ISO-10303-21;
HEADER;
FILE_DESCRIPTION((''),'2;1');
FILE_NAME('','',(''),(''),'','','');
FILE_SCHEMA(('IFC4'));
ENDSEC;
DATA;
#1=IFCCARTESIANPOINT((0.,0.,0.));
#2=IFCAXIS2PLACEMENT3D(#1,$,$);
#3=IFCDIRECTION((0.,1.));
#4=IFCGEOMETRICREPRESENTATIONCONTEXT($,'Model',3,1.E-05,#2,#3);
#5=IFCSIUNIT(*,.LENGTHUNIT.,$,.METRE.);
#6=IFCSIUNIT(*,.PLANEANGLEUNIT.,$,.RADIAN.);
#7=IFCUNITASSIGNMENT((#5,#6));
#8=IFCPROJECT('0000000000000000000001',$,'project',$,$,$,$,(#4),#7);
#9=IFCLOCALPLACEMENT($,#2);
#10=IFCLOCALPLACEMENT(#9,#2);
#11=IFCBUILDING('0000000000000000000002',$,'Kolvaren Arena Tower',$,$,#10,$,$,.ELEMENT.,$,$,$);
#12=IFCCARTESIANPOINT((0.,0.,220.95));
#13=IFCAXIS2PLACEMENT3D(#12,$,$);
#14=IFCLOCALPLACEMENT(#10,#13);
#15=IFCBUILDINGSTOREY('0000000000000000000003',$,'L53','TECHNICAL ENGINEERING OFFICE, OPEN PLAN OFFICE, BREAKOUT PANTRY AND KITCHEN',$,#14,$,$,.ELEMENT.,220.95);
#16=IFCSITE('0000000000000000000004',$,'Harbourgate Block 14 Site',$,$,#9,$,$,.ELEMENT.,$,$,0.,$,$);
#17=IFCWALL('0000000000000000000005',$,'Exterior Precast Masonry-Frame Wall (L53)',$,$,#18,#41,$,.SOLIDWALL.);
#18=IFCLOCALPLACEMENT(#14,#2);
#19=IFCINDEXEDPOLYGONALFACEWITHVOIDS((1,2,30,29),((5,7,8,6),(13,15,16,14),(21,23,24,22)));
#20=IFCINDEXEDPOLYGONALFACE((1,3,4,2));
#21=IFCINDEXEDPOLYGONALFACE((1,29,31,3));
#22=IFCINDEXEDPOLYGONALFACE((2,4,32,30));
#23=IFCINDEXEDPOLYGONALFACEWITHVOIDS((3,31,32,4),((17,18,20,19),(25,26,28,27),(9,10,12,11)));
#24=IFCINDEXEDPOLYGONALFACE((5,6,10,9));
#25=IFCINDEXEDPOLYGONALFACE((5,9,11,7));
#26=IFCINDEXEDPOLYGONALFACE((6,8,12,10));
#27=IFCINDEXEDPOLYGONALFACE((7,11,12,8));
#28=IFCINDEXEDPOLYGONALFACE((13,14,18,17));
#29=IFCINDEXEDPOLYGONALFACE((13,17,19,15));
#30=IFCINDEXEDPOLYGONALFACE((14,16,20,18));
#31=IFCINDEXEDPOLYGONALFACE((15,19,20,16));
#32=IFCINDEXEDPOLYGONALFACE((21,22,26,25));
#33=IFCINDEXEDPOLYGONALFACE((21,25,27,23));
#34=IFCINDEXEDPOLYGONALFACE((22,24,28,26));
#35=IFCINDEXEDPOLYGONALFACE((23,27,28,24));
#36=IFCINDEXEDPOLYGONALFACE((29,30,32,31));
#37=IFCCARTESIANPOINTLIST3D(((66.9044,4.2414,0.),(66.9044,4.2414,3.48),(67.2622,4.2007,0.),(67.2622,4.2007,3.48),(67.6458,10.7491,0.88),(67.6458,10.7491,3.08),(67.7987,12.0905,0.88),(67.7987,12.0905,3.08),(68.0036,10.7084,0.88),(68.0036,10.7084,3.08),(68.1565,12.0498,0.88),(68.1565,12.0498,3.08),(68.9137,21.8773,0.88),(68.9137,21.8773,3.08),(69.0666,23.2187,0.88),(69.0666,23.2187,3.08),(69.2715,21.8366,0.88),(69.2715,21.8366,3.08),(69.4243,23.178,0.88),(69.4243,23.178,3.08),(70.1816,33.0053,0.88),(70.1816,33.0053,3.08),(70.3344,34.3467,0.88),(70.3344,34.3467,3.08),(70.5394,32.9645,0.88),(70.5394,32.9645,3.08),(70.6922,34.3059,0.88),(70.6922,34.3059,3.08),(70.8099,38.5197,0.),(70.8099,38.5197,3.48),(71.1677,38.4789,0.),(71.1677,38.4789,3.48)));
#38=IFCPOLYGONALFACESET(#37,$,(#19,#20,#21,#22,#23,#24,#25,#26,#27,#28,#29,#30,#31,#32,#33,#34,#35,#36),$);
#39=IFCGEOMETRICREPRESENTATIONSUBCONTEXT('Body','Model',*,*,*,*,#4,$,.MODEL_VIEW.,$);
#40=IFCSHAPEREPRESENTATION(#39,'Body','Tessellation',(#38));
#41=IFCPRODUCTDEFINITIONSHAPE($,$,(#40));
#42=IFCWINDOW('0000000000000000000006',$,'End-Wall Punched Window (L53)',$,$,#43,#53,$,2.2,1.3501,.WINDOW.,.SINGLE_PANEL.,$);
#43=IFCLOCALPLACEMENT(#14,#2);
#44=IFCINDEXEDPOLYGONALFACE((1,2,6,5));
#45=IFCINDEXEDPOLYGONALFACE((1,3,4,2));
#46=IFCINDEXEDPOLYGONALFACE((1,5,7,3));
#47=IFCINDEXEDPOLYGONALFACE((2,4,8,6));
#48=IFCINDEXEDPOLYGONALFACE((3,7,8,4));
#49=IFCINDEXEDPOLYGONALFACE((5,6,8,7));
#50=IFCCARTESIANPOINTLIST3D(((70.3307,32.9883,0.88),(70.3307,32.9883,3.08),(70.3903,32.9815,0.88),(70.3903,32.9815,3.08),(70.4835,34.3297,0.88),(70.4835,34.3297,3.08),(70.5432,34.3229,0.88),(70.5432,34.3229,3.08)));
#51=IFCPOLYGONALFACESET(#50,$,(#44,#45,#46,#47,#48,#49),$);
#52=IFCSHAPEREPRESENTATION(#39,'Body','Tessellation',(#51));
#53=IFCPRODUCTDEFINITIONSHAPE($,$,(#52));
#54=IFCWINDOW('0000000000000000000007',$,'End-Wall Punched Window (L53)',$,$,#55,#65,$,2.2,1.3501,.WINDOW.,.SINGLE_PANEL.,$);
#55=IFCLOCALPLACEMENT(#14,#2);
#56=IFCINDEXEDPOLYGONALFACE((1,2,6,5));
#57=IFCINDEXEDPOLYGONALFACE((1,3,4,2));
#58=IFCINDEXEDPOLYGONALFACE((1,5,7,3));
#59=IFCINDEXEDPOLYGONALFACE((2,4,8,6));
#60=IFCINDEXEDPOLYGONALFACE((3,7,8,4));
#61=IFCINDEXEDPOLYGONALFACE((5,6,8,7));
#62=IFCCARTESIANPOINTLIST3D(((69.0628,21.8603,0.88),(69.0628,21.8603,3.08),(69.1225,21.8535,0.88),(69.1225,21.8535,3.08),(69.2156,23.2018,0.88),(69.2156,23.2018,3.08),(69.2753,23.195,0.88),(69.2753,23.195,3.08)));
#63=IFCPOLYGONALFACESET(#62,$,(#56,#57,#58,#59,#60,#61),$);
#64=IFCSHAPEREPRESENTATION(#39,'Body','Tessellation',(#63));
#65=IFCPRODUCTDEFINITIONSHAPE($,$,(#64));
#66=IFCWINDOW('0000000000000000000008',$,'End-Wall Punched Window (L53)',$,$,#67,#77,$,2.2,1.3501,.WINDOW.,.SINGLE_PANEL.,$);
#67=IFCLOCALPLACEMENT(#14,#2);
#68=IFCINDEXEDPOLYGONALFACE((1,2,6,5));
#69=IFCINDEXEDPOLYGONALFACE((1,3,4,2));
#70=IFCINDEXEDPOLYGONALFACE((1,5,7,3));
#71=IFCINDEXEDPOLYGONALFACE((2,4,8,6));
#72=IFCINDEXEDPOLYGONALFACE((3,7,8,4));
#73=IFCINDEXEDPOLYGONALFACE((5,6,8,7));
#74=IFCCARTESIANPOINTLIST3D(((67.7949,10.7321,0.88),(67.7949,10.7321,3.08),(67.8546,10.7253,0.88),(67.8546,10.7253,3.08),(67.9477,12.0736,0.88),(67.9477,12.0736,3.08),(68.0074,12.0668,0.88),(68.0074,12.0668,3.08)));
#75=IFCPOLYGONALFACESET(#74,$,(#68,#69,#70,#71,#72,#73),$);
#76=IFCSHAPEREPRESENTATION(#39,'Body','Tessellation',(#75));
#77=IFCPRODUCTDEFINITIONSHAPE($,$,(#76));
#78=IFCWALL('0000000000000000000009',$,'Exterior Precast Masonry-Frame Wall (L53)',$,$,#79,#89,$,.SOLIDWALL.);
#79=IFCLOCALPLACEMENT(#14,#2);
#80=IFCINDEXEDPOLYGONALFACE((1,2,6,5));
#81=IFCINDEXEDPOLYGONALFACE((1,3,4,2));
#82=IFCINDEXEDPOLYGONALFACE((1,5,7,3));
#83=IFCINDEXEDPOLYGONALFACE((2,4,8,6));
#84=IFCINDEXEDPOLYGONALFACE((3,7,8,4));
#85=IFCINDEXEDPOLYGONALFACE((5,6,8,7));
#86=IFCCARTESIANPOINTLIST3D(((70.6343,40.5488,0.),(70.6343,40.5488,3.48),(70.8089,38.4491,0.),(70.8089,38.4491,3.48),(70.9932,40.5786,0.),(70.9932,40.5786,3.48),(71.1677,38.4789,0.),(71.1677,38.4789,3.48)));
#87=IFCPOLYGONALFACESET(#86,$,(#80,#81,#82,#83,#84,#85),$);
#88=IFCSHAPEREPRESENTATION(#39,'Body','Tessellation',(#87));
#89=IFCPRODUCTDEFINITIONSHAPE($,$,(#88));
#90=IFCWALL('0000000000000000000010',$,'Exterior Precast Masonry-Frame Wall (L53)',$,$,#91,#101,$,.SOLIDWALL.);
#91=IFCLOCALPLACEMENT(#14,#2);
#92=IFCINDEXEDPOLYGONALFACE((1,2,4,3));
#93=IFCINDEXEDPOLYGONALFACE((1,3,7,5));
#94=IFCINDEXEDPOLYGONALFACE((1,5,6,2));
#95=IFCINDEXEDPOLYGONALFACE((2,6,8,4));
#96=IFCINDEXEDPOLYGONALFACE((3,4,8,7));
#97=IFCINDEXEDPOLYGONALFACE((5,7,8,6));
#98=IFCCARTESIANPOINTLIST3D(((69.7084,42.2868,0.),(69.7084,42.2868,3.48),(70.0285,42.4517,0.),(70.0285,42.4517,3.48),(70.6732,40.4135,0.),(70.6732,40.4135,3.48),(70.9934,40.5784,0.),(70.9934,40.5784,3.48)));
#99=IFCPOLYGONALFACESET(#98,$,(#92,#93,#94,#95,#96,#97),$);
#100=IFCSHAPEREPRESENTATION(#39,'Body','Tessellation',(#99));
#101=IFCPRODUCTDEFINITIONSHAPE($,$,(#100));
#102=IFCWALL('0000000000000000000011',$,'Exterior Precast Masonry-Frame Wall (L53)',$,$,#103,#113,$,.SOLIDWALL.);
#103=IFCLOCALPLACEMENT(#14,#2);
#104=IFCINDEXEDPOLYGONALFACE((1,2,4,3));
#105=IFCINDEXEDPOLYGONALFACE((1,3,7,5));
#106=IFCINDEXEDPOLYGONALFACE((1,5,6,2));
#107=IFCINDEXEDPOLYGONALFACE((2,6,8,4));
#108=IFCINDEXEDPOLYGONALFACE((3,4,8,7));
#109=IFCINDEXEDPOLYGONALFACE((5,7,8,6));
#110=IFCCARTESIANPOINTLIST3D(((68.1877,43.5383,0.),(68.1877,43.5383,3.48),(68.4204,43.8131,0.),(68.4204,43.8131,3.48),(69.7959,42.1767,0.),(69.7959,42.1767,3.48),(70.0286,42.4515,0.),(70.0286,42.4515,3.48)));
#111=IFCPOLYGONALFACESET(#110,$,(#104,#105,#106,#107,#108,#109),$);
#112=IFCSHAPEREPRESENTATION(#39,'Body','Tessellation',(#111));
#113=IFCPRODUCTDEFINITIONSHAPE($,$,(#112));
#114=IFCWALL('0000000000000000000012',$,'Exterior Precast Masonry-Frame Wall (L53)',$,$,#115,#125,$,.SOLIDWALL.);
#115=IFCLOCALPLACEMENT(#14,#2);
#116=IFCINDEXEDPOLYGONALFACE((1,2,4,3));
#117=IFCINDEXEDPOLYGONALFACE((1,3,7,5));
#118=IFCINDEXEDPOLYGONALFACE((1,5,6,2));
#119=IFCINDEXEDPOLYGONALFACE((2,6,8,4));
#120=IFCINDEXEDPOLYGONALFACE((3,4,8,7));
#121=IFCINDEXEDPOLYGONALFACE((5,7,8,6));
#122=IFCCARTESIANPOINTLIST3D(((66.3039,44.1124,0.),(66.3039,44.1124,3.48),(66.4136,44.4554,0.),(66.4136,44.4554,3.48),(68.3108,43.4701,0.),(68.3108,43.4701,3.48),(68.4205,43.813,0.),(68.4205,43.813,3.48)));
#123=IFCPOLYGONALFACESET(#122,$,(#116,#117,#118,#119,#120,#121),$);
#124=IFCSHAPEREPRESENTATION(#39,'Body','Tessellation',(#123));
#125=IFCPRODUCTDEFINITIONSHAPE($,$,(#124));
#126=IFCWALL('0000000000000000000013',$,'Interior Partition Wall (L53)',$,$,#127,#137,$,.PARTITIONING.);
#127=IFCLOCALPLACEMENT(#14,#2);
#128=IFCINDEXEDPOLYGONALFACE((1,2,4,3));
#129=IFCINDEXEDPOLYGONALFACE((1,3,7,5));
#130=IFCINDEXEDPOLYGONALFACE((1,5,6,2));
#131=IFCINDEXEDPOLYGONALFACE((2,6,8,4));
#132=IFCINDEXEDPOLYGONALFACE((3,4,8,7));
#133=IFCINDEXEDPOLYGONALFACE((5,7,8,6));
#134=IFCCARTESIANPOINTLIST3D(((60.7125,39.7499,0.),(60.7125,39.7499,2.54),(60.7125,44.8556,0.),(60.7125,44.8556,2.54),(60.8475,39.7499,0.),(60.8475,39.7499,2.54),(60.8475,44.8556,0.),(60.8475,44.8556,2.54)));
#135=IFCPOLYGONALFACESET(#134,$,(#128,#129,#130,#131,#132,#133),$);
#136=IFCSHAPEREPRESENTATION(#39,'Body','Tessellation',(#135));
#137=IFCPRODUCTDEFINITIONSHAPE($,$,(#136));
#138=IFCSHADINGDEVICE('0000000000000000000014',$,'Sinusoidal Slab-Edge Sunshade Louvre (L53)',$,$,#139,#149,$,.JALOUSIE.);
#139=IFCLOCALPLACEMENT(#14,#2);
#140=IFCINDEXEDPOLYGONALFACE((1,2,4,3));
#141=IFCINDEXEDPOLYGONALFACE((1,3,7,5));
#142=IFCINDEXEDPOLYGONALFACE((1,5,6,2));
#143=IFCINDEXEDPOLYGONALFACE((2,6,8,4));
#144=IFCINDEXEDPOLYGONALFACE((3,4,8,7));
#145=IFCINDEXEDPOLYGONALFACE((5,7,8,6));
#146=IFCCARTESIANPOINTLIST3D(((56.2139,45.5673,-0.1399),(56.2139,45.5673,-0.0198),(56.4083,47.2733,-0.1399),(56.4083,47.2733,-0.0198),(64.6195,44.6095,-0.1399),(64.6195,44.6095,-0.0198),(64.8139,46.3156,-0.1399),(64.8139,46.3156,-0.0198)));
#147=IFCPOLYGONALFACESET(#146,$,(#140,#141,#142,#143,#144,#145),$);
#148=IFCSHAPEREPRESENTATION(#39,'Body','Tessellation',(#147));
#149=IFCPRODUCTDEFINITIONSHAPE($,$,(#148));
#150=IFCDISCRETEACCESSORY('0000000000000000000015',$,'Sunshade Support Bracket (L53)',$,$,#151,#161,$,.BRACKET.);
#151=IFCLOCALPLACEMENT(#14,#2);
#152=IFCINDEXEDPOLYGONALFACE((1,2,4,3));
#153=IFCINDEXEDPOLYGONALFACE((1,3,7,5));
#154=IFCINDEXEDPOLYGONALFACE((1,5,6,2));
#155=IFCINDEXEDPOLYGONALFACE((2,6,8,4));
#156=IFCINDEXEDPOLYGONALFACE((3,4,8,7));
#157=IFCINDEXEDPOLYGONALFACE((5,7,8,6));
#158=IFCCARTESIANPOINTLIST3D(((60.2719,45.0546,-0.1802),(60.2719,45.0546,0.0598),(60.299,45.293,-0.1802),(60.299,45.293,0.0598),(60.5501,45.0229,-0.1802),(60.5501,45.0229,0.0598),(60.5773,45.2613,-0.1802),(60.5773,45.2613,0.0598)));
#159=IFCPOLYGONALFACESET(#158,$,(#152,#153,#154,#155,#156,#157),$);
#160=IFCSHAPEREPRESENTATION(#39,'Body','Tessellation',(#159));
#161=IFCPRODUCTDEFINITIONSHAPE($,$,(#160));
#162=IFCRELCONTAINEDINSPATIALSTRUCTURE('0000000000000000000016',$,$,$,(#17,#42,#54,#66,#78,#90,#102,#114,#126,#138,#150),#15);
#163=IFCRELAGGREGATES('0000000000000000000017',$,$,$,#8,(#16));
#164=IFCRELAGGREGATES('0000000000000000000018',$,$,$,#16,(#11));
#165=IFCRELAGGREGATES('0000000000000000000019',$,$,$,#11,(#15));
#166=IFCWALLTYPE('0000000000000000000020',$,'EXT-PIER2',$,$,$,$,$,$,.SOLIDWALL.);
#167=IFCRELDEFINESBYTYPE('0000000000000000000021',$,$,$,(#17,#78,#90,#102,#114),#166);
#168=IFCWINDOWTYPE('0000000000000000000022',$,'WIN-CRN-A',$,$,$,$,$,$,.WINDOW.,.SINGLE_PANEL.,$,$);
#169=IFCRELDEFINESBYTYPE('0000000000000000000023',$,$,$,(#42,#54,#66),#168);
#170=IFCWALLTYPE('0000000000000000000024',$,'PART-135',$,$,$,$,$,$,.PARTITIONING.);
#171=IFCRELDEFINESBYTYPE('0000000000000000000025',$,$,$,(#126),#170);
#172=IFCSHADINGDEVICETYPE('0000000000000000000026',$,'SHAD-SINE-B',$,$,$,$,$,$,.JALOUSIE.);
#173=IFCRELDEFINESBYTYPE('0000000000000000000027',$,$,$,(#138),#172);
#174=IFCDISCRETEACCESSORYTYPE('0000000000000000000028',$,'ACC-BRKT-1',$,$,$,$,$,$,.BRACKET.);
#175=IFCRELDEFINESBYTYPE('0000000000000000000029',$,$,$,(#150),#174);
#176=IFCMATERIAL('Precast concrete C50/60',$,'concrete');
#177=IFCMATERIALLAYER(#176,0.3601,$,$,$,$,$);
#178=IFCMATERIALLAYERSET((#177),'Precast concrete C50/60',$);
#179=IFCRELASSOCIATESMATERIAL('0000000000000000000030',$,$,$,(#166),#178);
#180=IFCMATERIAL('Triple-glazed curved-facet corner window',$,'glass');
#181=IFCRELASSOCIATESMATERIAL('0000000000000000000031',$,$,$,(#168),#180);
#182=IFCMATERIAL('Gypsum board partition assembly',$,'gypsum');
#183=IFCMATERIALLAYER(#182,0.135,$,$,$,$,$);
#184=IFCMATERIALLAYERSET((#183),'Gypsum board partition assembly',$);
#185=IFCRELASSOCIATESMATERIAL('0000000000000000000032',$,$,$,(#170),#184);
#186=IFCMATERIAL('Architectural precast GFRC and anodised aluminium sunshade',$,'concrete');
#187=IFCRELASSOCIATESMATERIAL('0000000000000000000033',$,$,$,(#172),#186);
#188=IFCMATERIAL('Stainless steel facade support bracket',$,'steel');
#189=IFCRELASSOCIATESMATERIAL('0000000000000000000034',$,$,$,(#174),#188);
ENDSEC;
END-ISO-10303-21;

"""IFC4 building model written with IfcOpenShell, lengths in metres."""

from ifc_helpers import new_model, si_unit, direction, frame, frame_2d, origin, origin_2d, place, context, subcontext, project, spatial, rectangle, extrude, material, layer, layer_set, type_object, element, fill, save


model = new_model("IFC4")

# Units and contexts
model_context = context("Model", 3, precision=1e-05, world=origin(), true_north=direction((0.0, 1.0)))
body_context = subcontext(model_context, "Body", "Model", "MODEL_VIEW")
ifc_project = project(units=[si_unit("LENGTHUNIT", "METRE"), si_unit("PLANEANGLEUNIT", "RADIAN")], contexts=[model_context])

# Site, building, storey
site_placement = place(None, origin())
site = spatial("IfcSite", under=ifc_project, at=site_placement, Name="Harbourgate Block 14 Site", CompositionType="ELEMENT", RefElevation=0.0)
building_placement = place(site_placement, origin())
building = spatial("IfcBuilding", under=site, at=building_placement, Name="Kolvaren Arena Tower", CompositionType="ELEMENT")
storey_placement = place(building_placement, frame((0.0, 0.0, 220.95)))
storey = spatial("IfcBuildingStorey", under=building, at=storey_placement, Name="L53", Description="TECHNICAL ENGINEERING OFFICE, OPEN PLAN OFFICE, BREAKOUT PANTRY AND KITCHEN", CompositionType="ELEMENT", Elevation=220.95)

# Wall, openings, windows
ifc_material_1 = material(Name="Precast concrete C50/60", Category="concrete")
ifc_layer_1 = layer(ifc_material_1, 0.3601)
ifc_layer_set_1 = layer_set([ifc_layer_1], Name="Precast concrete C50/60")
wall_type_1 = type_object("IfcWallType", Name="EXT-PIER2", PredefinedType="SOLIDWALL", material=ifc_layer_set_1)
wall_1_placement = place(storey_placement, frame((70.9888, 38.4993, 0.0), z_axis=(0.0, 0.0, 1.0), x_axis=(-0.113203, -0.993572, 0.0)))
wall_1 = element("IfcWall", 1, at=wall_1_placement, inside=storey, type_object=wall_type_1, Name="Exterior Precast Masonry-Frame Wall (L53)", PredefinedType="SOLIDWALL", context=body_context, shape_type="SweptSolid", body=[
    extrude(rectangle(XDim=34.5, YDim=0.3601, at=frame_2d((17.25, 0.0))), origin(), (0.0, 0.0, 1.0), 3.48),
])
opening_1_placement = place(wall_1_placement, frame((4.2, 0.0, 0.8799)))
opening_1 = element("IfcOpeningElement", 2, at=opening_1_placement, cuts=wall_1, PredefinedType="OPENING", context=body_context, shape_type="SweptSolid", body=[
    extrude(rectangle(XDim=1.3501, YDim=2.2, at=frame_2d((0.675, 1.1001))), frame((0.0, 0.1899, 0.0), z_axis=(0.0, -1.0, 0.0), x_axis=(1.0, 0.0, 0.0)), (0.0, 0.0, 1.0), 0.3801),
])
opening_2_placement = place(wall_1_placement, frame((15.3999, 0.0, 0.8799)))
opening_2 = element("IfcOpeningElement", 3, at=opening_2_placement, cuts=wall_1, PredefinedType="OPENING", context=body_context, shape_type="SweptSolid", body=[
    extrude(rectangle(XDim=1.3501, YDim=2.2, at=frame_2d((0.675, 1.1001))), frame((0.0, 0.1899, 0.0), z_axis=(0.0, -1.0, 0.0), x_axis=(1.0, 0.0, 0.0)), (0.0, 0.0, 1.0), 0.3801),
])
opening_3_placement = place(wall_1_placement, frame((26.6001, 0.0, 0.8799)))
opening_3 = element("IfcOpeningElement", 4, at=opening_3_placement, cuts=wall_1, PredefinedType="OPENING", context=body_context, shape_type="SweptSolid", body=[
    extrude(rectangle(XDim=1.3501, YDim=2.2, at=frame_2d((0.675, 1.1001))), frame((0.0, 0.1899, 0.0), z_axis=(0.0, -1.0, 0.0), x_axis=(1.0, 0.0, 0.0)), (0.0, 0.0, 1.0), 0.3801),
])
ifc_material_2 = material(Name="Triple-glazed curved-facet corner window", Category="glass")
window_type = type_object("IfcWindowType", Name="WIN-CRN-A", PartitioningType="SINGLE_PANEL", PredefinedType="WINDOW", material=ifc_material_2)
window_1_placement = place(opening_1_placement, origin())
window_1 = element("IfcWindow", 5, at=window_1_placement, inside=storey, type_object=window_type, Name="End-Wall Punched Window (L53)", OverallHeight=2.2, OverallWidth=1.3501, PartitioningType="SINGLE_PANEL", PredefinedType="WINDOW", context=body_context, shape_type="SweptSolid", body=[
    extrude(rectangle(XDim=1.3501, YDim=2.2, at=frame_2d((0.675, 1.1001))), frame((0.0, 0.03, 0.0), z_axis=(0.0, -1.0, 0.0), x_axis=(1.0, 0.0, 0.0)), (0.0, 0.0, 1.0), 0.0601),
])
fill(opening_1, window_1)
window_2_placement = place(opening_2_placement, origin())
window_2 = element("IfcWindow", 6, at=window_2_placement, inside=storey, type_object=window_type, Name="End-Wall Punched Window (L53)", OverallHeight=2.2, OverallWidth=1.3501, PartitioningType="SINGLE_PANEL", PredefinedType="WINDOW", context=body_context, shape_type="SweptSolid", body=[
    extrude(rectangle(XDim=1.3501, YDim=2.2, at=frame_2d((0.675, 1.1001))), frame((0.0, 0.03, 0.0), z_axis=(0.0, -1.0, 0.0), x_axis=(1.0, 0.0, 0.0)), (0.0, 0.0, 1.0), 0.0601),
])
fill(opening_2, window_2)
window_3_placement = place(opening_3_placement, origin())
window_3 = element("IfcWindow", 7, at=window_3_placement, inside=storey, type_object=window_type, Name="End-Wall Punched Window (L53)", OverallHeight=2.2, OverallWidth=1.3501, PartitioningType="SINGLE_PANEL", PredefinedType="WINDOW", context=body_context, shape_type="SweptSolid", body=[
    extrude(rectangle(XDim=1.3501, YDim=2.2, at=frame_2d((0.675, 1.1001))), frame((0.0, 0.03, 0.0), z_axis=(0.0, -1.0, 0.0), x_axis=(1.0, 0.0, 0.0)), (0.0, 0.0, 1.0), 0.0601),
])
fill(opening_3, window_3)

# Walls
wall_2_placement = place(storey_placement, frame((70.8137, 40.5637, 0.0), z_axis=(0.0, 0.0, 1.0), x_axis=(0.082854, -0.996562, 0.0)))
element("IfcWall", 8, at=wall_2_placement, inside=storey, type_object=wall_type_1, Name="Exterior Precast Masonry-Frame Wall (L53)", PredefinedType="SOLIDWALL", context=body_context, shape_type="SweptSolid", body=[
    extrude(rectangle(XDim=2.1069, YDim=0.3601, at=frame_2d((1.0535, 0.0))), origin(), (0.0, 0.0, 1.0), 3.48),
])
for number, where, z_axis, x_axis, name in (
    (9, (69.8684, 42.3694, 0.0), (0.0, 0.0, 1.0), (0.457887, -0.88901, 0.0), "Exterior Precast Masonry-Frame Wall (L53)"),
    (10, (68.304, 43.6758, 0.0), (0.0, 0.0, 1.0), (0.763193, -0.646171, 0.0), "Exterior Precast Masonry-Frame Wall (L53)"),
    (11, (66.3586, 44.2839, 0.0), (0.0, 0.0, 1.0), (0.952404, -0.304839, 0.0), "Exterior Precast Masonry-Frame Wall (L53)"),
):
    element("IfcWall", number, at=place(storey_placement, frame(where, z_axis=z_axis, x_axis=x_axis)), inside=storey, type_object=wall_type_1, Name=name, PredefinedType="SOLIDWALL", context=body_context, shape_type="SweptSolid", body=[
        extrude(rectangle(XDim=2.1072, YDim=0.3601, at=frame_2d((1.0537, 0.0))), origin(), (0.0, 0.0, 1.0), 3.48),
    ])
ifc_material_3 = material(Name="Gypsum board partition assembly", Category="gypsum")
ifc_layer_2 = layer(ifc_material_3, 0.135)
ifc_layer_set_2 = layer_set([ifc_layer_2], Name="Gypsum board partition assembly")
wall_type_2 = type_object("IfcWallType", Name="PART-135", PredefinedType="PARTITIONING", material=ifc_layer_set_2)
wall_3_placement = place(storey_placement, frame((60.78, 39.75, 0.0), z_axis=(0.0, 0.0, 1.0), x_axis=(0.0, 1.0, 0.0)))
element("IfcWall", 12, at=wall_3_placement, inside=storey, type_object=wall_type_2, Name="Interior Partition Wall (L53)", PredefinedType="PARTITIONING", context=body_context, shape_type="SweptSolid", body=[
    extrude(rectangle(XDim=5.1057, YDim=0.135, at=frame_2d((2.5527, 0.0))), origin(), (0.0, 0.0, 1.0), 2.54),
])

# Shading device
ifc_material_4 = material(Name="Architectural precast GFRC and anodised aluminium sunshade", Category="concrete")
shading_device_type = type_object("IfcShadingDeviceType", Name="SHAD-SINE-B", PredefinedType="JALOUSIE", material=ifc_material_4)
shading_device_placement = place(storey_placement, frame((60.5139, 45.9414, -0.1399), z_axis=(0.0, 0.0, 1.0), x_axis=(0.993572, -0.113205, 0.0)))
element("IfcShadingDevice", 13, at=shading_device_placement, inside=storey, type_object=shading_device_type, Name="Sinusoidal Slab-Edge Sunshade Louvre (L53)", PredefinedType="JALOUSIE", context=body_context, shape_type="SweptSolid", body=[
    extrude(rectangle(XDim=8.46, YDim=1.717, at=origin_2d()), origin(), (0.0, 0.0, 1.0), 0.1201),
])

# Discrete accessory
ifc_material_5 = material(Name="Stainless steel facade support bracket", Category="steel")
discrete_accessory_type = type_object("IfcDiscreteAccessoryType", Name="ACC-BRKT-1", PredefinedType="BRACKET", material=ifc_material_5)
discrete_accessory_placement = place(storey_placement, frame((60.4246, 45.158, -0.1802), z_axis=(0.0, 0.0, 1.0), x_axis=(0.993572, -0.113205, 0.0)))
element("IfcDiscreteAccessory", 14, at=discrete_accessory_placement, inside=storey, type_object=discrete_accessory_type, Name="Sunshade Support Bracket (L53)", PredefinedType="BRACKET", context=body_context, shape_type="SweptSolid", body=[
    extrude(rectangle(XDim=0.28, YDim=0.24, at=origin_2d()), origin(), (0.0, 0.0, 1.0), 0.24),
])

save(model, "model.ifc")
